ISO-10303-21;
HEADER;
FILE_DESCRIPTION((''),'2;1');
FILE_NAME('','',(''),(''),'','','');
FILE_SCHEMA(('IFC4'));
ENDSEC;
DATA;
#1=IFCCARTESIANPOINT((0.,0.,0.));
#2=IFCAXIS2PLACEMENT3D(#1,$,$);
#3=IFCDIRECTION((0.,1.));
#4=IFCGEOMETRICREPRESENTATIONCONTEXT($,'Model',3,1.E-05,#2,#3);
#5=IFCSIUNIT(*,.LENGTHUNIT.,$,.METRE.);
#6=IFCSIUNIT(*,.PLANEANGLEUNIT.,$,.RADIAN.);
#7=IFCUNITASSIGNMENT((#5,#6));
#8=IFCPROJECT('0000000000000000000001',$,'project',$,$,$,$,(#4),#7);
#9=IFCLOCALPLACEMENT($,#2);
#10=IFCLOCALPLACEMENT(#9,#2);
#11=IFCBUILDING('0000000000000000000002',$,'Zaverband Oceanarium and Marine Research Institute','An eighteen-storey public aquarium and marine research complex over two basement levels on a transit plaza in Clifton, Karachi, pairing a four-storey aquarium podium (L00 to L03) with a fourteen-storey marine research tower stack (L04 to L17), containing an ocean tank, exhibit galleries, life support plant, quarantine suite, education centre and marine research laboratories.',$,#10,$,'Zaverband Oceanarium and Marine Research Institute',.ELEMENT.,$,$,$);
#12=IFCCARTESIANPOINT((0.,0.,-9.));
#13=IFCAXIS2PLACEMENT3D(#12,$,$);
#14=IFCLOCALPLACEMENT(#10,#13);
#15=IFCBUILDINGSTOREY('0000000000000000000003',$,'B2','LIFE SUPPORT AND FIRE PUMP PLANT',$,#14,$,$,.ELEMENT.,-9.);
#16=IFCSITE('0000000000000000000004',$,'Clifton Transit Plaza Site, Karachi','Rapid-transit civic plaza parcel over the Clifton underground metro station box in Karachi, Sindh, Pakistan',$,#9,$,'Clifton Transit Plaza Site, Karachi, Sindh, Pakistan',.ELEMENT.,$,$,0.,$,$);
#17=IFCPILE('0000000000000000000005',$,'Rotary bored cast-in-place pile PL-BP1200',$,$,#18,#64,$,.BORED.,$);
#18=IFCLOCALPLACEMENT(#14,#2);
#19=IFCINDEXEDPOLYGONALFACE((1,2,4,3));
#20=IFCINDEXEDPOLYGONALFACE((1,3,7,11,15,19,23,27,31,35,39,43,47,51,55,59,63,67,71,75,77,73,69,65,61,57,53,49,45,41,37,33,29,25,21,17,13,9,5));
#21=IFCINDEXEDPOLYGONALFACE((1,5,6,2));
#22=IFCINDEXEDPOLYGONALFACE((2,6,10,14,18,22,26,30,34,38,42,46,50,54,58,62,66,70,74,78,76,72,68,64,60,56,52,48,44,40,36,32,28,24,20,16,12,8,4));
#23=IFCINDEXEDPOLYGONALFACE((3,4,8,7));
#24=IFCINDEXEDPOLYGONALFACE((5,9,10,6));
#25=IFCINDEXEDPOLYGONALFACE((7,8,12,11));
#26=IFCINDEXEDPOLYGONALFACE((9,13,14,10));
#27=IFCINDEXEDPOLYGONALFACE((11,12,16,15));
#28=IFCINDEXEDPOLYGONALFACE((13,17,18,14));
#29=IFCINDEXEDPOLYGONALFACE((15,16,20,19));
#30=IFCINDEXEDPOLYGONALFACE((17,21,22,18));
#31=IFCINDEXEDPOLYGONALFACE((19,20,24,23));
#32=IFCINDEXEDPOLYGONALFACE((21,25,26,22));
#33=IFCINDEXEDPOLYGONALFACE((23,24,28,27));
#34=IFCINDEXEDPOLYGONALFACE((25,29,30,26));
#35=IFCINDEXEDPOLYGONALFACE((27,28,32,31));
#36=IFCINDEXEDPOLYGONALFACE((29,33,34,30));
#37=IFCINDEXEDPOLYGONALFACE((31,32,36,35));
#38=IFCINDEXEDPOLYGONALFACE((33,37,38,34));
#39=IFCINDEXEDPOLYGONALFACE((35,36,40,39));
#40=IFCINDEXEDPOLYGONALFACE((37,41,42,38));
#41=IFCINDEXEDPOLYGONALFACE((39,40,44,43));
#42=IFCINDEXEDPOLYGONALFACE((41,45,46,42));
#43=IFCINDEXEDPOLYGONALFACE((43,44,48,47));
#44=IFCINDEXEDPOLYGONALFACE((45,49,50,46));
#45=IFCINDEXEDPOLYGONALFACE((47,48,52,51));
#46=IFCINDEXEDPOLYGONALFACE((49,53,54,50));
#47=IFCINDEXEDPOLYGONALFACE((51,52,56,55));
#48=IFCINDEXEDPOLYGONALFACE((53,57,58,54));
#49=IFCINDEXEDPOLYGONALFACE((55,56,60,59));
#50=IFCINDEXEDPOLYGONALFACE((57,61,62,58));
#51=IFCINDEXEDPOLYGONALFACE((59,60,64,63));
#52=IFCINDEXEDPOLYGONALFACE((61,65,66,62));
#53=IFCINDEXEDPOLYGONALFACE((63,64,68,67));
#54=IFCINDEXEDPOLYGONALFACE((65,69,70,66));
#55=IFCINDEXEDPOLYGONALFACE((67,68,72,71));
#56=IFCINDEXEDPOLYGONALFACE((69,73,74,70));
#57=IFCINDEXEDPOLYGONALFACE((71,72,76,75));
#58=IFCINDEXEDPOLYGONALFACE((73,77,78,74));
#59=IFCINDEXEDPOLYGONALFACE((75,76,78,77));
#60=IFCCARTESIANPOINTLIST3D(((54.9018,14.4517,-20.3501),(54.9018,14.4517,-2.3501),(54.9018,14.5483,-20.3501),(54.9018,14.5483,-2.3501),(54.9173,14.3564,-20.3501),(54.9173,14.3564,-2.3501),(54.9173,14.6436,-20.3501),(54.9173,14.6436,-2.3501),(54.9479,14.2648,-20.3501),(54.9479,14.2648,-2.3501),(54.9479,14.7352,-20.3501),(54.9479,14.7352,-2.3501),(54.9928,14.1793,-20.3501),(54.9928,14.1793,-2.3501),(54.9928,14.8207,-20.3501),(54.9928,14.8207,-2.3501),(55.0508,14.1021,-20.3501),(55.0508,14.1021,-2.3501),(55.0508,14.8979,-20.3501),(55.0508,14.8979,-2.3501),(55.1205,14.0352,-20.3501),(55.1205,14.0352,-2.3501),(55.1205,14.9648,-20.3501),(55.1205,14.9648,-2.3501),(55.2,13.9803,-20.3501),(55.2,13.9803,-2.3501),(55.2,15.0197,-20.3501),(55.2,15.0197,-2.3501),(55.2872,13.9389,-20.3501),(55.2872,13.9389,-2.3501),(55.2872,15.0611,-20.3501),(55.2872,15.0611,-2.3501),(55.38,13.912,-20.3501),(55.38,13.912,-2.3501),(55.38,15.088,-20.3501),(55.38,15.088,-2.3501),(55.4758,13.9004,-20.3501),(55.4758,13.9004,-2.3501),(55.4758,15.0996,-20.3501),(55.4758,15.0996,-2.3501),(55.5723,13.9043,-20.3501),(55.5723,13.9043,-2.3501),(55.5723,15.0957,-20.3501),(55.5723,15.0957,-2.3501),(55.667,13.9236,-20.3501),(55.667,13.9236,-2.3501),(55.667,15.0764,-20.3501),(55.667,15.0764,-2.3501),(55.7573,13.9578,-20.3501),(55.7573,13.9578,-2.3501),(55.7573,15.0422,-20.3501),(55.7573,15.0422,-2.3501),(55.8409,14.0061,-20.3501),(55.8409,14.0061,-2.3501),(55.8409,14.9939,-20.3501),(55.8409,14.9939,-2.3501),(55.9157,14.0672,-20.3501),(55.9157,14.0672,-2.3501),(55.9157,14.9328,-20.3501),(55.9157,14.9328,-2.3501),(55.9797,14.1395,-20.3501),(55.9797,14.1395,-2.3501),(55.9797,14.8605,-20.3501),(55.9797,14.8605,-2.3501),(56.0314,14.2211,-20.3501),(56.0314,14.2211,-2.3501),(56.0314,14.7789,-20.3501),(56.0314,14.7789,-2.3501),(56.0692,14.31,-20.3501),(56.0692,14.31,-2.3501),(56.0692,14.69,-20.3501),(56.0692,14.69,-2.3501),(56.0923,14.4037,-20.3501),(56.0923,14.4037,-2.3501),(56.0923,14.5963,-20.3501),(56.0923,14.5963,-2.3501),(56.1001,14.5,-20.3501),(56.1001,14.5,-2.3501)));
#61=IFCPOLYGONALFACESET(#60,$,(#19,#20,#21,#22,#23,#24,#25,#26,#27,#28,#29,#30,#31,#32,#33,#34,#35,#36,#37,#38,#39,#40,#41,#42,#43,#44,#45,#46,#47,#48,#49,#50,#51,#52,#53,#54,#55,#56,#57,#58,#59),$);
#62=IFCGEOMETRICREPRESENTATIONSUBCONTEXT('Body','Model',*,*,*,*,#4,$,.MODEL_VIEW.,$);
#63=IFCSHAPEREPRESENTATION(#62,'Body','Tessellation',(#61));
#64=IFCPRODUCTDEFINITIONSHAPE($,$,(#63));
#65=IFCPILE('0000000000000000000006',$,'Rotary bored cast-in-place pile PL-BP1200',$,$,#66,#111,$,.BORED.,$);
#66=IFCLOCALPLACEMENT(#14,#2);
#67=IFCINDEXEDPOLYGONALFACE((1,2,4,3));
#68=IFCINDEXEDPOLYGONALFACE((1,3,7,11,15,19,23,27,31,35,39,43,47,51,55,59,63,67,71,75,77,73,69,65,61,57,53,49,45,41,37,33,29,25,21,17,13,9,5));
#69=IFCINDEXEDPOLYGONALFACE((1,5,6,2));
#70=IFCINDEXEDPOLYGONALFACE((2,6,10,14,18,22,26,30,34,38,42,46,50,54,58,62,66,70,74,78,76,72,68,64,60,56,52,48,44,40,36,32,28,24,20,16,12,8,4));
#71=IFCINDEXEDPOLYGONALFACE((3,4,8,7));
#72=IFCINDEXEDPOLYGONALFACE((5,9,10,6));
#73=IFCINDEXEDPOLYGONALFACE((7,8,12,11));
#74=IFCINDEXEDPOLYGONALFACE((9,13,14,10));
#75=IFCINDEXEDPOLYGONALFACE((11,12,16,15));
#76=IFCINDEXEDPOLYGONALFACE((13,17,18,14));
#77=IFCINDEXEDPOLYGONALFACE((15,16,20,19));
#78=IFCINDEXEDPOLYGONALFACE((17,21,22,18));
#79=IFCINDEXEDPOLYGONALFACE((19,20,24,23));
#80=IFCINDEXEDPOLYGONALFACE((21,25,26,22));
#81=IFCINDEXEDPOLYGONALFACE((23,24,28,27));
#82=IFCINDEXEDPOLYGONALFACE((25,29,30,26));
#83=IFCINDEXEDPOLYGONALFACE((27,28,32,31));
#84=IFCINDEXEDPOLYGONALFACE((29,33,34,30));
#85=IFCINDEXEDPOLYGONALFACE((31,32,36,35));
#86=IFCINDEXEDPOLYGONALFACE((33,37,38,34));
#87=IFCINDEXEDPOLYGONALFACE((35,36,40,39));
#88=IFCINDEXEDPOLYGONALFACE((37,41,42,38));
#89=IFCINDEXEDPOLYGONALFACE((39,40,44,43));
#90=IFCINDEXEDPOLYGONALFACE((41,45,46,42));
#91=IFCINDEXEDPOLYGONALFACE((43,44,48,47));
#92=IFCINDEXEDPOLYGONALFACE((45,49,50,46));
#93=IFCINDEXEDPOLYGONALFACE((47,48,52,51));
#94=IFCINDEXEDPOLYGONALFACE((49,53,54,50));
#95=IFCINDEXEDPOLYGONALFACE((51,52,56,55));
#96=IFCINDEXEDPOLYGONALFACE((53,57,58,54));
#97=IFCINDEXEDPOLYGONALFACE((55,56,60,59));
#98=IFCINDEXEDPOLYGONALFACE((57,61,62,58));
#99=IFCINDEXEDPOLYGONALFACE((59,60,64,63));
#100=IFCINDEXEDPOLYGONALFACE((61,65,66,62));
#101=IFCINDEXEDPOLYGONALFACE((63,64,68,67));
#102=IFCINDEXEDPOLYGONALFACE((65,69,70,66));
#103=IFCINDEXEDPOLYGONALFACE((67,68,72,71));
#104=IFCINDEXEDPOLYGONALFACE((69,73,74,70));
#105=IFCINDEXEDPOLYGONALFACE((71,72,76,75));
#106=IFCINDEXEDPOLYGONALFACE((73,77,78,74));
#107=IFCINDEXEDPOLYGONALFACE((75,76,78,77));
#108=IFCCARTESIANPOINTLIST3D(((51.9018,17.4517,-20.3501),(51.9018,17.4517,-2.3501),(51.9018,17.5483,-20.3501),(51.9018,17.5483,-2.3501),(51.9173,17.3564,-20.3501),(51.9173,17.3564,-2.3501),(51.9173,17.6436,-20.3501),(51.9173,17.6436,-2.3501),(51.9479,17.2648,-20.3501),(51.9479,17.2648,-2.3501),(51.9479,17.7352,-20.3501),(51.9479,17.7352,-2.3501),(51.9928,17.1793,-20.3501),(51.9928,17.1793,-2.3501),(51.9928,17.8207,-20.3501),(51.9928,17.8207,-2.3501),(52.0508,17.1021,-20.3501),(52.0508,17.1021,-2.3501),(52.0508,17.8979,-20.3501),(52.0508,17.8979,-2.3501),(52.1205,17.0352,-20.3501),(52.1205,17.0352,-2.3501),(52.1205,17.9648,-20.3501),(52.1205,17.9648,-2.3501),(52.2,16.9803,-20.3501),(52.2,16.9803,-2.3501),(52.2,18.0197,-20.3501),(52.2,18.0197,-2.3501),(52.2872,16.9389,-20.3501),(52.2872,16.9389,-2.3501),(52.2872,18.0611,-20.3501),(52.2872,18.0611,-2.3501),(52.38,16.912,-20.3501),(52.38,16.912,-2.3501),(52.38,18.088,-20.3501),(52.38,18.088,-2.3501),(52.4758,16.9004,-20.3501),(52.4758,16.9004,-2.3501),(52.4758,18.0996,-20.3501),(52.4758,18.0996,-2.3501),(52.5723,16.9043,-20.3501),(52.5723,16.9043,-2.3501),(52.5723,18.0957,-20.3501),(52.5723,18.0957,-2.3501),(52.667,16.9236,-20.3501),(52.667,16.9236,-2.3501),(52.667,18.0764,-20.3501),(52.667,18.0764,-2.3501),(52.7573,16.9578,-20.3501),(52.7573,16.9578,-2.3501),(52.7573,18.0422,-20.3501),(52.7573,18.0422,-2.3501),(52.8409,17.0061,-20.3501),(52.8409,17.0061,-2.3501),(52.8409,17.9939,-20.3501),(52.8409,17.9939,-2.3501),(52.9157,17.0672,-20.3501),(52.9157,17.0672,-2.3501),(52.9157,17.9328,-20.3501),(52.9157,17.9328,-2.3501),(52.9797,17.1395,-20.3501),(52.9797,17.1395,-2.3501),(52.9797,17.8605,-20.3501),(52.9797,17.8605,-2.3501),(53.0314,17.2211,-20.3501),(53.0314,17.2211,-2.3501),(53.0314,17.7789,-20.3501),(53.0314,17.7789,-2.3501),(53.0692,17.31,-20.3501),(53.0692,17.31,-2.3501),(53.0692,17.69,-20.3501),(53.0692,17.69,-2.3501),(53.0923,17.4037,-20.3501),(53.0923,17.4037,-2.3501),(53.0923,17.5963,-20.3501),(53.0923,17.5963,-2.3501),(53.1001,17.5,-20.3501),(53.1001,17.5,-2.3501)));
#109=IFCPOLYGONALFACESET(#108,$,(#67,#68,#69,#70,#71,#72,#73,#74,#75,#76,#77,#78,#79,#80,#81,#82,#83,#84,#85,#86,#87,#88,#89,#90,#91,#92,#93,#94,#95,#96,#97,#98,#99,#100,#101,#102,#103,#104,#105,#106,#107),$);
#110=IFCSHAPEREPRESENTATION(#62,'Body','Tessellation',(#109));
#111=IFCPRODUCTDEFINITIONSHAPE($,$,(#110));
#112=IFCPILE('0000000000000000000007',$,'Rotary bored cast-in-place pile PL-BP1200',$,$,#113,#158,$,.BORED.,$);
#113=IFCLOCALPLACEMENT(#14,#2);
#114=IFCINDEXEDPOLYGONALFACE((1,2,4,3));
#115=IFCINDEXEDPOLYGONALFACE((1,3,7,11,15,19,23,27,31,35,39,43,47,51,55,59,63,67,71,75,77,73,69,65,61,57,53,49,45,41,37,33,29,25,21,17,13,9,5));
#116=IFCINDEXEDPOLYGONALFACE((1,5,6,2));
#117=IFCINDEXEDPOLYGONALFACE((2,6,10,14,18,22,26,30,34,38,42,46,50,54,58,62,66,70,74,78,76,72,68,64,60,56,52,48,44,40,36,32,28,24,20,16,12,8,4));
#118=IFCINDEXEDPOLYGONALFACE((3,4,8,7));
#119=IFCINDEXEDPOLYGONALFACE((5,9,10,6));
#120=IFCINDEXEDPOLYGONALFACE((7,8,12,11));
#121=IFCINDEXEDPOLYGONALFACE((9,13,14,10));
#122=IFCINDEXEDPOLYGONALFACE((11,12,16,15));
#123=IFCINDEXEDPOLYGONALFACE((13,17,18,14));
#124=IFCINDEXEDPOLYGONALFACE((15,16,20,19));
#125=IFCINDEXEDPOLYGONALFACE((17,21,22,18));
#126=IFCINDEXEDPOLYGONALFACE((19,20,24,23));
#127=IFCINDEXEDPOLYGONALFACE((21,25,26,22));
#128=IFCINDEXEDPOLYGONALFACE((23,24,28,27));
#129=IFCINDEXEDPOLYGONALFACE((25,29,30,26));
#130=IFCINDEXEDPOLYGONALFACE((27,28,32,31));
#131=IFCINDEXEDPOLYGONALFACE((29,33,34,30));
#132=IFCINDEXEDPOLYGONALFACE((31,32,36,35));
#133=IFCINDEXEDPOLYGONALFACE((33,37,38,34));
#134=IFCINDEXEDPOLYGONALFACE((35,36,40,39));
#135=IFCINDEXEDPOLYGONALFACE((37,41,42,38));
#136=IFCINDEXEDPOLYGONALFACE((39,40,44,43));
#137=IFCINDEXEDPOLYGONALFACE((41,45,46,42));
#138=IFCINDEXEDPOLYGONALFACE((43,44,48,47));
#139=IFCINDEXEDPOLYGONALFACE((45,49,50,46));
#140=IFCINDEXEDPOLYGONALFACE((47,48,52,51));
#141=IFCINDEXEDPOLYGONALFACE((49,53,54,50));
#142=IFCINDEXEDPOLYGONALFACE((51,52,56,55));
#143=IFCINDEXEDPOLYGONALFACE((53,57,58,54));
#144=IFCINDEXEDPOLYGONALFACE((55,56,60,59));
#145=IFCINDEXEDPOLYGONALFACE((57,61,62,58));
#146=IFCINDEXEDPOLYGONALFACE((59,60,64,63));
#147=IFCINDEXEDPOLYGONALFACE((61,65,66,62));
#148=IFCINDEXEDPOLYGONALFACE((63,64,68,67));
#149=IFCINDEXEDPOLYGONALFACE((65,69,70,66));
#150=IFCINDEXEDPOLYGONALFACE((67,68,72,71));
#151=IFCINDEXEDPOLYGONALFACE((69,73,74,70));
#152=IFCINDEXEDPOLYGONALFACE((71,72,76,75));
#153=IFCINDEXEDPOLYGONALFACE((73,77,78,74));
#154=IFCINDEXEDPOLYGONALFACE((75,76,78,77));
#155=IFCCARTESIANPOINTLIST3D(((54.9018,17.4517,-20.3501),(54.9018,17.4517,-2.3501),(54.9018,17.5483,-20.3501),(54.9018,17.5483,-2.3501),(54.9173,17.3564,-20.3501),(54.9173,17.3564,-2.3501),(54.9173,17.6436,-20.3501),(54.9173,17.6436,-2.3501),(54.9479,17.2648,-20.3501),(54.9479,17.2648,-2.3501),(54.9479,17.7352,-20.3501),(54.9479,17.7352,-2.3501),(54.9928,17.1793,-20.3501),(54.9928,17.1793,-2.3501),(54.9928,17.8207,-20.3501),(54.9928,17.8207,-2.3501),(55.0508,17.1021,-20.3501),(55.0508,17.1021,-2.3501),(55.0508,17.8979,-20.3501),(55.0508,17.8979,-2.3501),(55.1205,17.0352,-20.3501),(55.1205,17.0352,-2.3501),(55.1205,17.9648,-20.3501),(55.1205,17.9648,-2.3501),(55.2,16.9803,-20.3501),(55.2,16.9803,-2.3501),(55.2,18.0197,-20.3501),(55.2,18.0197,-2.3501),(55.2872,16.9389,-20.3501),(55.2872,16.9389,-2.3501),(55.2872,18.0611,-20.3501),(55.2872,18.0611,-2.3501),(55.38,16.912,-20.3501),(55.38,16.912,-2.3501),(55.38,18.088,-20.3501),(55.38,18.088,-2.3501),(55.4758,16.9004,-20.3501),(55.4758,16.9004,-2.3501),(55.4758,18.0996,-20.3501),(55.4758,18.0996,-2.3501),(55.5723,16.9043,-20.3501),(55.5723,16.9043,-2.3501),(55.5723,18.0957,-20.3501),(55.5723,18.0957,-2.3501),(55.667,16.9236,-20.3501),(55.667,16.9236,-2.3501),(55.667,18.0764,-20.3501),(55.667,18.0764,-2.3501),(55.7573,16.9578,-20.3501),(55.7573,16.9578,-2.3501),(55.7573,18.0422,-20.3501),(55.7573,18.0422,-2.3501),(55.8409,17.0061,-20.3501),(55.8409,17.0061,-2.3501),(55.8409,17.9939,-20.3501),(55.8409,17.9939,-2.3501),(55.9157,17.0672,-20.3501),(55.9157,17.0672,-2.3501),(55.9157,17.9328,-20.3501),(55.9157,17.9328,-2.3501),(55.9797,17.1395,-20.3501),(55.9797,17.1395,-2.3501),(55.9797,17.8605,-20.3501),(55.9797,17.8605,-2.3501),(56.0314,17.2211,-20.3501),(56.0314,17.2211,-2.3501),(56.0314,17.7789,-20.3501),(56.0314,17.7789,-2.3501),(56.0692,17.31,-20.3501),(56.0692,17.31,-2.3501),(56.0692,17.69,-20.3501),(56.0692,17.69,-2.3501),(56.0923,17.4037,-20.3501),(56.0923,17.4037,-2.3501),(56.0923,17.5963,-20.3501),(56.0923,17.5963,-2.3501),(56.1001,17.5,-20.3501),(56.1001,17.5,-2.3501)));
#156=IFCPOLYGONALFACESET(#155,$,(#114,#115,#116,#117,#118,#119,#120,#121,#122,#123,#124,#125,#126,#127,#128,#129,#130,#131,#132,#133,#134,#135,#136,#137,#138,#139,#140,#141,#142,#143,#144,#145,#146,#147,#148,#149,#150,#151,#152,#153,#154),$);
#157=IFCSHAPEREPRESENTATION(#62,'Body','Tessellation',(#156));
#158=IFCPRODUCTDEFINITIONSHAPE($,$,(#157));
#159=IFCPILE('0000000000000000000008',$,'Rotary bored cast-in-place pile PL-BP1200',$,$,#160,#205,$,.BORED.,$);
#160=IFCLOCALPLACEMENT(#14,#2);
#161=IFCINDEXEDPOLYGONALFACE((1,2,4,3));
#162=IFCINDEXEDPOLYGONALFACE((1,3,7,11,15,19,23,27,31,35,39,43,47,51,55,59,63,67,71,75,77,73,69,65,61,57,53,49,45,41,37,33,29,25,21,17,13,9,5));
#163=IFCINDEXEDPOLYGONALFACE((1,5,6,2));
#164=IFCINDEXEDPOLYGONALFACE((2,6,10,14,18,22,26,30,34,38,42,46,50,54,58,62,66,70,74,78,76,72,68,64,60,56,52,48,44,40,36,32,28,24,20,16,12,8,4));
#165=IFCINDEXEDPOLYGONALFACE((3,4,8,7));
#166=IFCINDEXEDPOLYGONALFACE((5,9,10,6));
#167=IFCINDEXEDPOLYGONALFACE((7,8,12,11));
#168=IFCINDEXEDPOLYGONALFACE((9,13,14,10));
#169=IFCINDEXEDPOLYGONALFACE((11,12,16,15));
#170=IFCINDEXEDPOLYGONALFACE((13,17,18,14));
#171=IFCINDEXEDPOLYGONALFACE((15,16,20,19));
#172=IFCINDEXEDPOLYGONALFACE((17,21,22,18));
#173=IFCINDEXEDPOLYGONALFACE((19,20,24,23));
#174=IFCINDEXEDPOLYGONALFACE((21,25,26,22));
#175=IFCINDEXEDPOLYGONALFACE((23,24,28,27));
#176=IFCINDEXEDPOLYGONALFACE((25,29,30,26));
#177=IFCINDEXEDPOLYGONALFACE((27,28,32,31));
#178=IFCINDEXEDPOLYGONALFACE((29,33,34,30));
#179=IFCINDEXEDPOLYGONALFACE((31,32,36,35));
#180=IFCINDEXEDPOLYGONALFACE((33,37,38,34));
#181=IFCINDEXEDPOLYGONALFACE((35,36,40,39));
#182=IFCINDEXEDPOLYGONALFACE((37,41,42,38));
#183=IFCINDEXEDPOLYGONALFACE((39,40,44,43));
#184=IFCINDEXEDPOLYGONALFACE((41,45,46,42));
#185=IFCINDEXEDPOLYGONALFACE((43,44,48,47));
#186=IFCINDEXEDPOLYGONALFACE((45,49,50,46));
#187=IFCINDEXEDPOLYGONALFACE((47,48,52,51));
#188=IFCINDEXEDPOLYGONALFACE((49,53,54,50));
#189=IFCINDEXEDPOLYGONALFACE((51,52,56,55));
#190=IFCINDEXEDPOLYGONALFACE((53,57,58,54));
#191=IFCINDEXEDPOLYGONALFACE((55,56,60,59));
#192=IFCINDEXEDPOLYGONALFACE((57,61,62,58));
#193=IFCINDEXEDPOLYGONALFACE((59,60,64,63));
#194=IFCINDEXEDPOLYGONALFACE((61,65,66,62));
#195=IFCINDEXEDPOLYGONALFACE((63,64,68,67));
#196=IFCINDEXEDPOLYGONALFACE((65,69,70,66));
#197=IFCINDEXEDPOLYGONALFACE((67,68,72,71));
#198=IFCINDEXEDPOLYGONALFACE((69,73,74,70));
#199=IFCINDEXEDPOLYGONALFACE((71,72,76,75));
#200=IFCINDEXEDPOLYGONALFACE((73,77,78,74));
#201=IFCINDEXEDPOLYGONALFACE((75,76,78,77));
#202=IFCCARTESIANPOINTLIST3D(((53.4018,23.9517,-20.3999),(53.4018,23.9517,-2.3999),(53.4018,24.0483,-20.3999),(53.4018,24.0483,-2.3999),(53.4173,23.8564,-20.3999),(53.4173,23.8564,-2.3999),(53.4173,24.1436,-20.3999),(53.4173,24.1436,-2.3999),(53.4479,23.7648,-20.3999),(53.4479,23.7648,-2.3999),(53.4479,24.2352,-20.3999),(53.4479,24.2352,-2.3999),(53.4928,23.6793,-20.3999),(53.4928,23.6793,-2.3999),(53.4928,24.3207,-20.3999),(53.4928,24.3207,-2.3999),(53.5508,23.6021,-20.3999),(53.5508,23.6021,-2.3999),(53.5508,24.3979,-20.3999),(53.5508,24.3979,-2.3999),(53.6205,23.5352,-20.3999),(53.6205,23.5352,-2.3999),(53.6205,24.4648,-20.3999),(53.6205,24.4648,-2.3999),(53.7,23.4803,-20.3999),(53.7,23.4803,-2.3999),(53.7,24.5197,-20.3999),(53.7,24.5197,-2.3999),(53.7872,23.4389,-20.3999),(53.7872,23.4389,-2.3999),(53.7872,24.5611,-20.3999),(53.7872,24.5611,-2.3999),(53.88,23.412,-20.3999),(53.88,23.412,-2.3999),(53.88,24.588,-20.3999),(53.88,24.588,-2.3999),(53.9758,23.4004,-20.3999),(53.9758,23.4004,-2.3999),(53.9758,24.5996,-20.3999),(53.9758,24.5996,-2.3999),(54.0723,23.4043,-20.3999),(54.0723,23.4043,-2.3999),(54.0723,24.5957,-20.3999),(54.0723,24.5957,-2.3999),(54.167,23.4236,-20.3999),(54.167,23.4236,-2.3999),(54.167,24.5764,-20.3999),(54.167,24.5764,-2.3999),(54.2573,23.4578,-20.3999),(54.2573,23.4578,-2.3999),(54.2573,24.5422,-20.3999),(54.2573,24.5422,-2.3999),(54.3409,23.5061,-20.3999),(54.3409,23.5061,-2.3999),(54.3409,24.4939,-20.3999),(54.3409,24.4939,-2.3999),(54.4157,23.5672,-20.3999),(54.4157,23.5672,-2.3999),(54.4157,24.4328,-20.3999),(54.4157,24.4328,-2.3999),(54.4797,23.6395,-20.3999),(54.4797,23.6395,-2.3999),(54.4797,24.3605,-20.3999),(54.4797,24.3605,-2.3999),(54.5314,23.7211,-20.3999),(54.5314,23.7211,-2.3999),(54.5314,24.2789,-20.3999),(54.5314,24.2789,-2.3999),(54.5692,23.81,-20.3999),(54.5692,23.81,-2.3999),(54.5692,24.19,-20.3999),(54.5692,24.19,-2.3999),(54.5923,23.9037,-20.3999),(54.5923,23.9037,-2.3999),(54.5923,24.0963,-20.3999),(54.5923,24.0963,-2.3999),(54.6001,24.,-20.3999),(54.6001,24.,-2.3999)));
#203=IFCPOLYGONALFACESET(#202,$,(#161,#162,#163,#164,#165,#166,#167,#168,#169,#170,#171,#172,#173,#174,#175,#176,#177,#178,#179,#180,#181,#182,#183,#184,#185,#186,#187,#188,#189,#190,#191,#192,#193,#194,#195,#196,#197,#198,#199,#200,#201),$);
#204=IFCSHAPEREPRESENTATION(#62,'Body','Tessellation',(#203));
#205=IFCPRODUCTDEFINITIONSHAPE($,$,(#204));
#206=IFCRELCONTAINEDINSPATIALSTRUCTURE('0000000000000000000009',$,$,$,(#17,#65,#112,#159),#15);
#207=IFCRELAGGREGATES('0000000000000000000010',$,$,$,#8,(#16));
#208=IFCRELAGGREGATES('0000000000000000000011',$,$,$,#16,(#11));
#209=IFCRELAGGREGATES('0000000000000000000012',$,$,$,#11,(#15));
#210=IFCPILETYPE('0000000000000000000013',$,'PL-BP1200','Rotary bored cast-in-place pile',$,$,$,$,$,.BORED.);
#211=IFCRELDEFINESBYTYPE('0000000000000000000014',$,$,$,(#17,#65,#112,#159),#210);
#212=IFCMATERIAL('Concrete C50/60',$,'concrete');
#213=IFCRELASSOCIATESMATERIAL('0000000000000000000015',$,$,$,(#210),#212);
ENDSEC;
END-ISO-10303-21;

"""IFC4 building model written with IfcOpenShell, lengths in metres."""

from ifc_helpers import new_model, si_unit, direction, frame, origin, origin_2d, place, context, subcontext, project, spatial, circle, extrude, material, material_profile, profile_set, type_object, element, save


model = new_model("IFC4")

# Units and contexts
model_context = context("Model", 3, precision=1e-05, world=origin(), true_north=direction((0.0, 1.0)))
body_context = subcontext(model_context, "Body", "Model", "MODEL_VIEW")
ifc_project = project(units=[si_unit("LENGTHUNIT", "METRE"), si_unit("PLANEANGLEUNIT", "RADIAN")], contexts=[model_context])

# Site, building, storey
site_placement = place(None, origin())
site = spatial("IfcSite", under=ifc_project, at=site_placement, Name="Clifton Transit Plaza Site, Karachi", Description="Rapid-transit civic plaza parcel over the Clifton underground metro station box in Karachi, Sindh, Pakistan", LongName="Clifton Transit Plaza Site, Karachi, Sindh, Pakistan", CompositionType="ELEMENT", RefElevation=0.0)
building_placement = place(site_placement, origin())
building = spatial("IfcBuilding", under=site, at=building_placement, Name="Zaverband Oceanarium and Marine Research Institute", Description="An eighteen-storey public aquarium and marine research complex over two basement levels on a transit plaza in Clifton, Karachi, pairing a four-storey aquarium podium (L00 to L03) with a fourteen-storey marine research tower stack (L04 to L17), containing an ocean tank, exhibit galleries, life support plant, quarantine suite, education centre and marine research laboratories.", LongName="Zaverband Oceanarium and Marine Research Institute", CompositionType="ELEMENT")
storey_placement = place(building_placement, frame((0.0, 0.0, -9.0)))
storey = spatial("IfcBuildingStorey", under=building, at=storey_placement, Name="B2", Description="LIFE SUPPORT AND FIRE PUMP PLANT", CompositionType="ELEMENT", Elevation=-9.0)

# Shared definitions
ifc_material_1 = material(Name="Concrete C50/60", Category="concrete")

# Piles
ifc_material_profile_1 = material_profile(ifc_material_1, circle(Radius=0.6001, at=origin_2d()), Name="BP1200")
ifc_profile_set_1 = profile_set([ifc_material_profile_1], Name="Concrete C50/60")
pile_type = type_object("IfcPileType", Name="PL-BP1200", Description="Rotary bored cast-in-place pile", PredefinedType="BORED", material=ifc_profile_set_1)
for number, where, z_axis, x_axis, name in (
    (1, (55.5, 14.5, -2.3501), (0.0, 0.0, -1.0), (1.0, 0.0, 0.0), "Rotary bored cast-in-place pile PL-BP1200"),
    (2, (52.5, 17.5, -2.3501), (0.0, 0.0, -1.0), (1.0, 0.0, 0.0), "Rotary bored cast-in-place pile PL-BP1200"),
    (3, (55.5, 17.5, -2.3501), (0.0, 0.0, -1.0), (1.0, 0.0, 0.0), "Rotary bored cast-in-place pile PL-BP1200"),
    (4, (54.0, 24.0, -2.3999), (0.0, 0.0, -1.0), (1.0, 0.0, 0.0), "Rotary bored cast-in-place pile PL-BP1200"),
):
    element("IfcPile", number, at=place(storey_placement, frame(where, z_axis=z_axis, x_axis=x_axis)), inside=storey, type_object=pile_type, Name=name, PredefinedType="BORED", context=body_context, shape_type="SweptSolid", body=[
        extrude(circle(Radius=0.6001, at=origin_2d()), origin(), (0.0, 0.0, 1.0), 18.0),
    ])

save(model, "model.ifc")
